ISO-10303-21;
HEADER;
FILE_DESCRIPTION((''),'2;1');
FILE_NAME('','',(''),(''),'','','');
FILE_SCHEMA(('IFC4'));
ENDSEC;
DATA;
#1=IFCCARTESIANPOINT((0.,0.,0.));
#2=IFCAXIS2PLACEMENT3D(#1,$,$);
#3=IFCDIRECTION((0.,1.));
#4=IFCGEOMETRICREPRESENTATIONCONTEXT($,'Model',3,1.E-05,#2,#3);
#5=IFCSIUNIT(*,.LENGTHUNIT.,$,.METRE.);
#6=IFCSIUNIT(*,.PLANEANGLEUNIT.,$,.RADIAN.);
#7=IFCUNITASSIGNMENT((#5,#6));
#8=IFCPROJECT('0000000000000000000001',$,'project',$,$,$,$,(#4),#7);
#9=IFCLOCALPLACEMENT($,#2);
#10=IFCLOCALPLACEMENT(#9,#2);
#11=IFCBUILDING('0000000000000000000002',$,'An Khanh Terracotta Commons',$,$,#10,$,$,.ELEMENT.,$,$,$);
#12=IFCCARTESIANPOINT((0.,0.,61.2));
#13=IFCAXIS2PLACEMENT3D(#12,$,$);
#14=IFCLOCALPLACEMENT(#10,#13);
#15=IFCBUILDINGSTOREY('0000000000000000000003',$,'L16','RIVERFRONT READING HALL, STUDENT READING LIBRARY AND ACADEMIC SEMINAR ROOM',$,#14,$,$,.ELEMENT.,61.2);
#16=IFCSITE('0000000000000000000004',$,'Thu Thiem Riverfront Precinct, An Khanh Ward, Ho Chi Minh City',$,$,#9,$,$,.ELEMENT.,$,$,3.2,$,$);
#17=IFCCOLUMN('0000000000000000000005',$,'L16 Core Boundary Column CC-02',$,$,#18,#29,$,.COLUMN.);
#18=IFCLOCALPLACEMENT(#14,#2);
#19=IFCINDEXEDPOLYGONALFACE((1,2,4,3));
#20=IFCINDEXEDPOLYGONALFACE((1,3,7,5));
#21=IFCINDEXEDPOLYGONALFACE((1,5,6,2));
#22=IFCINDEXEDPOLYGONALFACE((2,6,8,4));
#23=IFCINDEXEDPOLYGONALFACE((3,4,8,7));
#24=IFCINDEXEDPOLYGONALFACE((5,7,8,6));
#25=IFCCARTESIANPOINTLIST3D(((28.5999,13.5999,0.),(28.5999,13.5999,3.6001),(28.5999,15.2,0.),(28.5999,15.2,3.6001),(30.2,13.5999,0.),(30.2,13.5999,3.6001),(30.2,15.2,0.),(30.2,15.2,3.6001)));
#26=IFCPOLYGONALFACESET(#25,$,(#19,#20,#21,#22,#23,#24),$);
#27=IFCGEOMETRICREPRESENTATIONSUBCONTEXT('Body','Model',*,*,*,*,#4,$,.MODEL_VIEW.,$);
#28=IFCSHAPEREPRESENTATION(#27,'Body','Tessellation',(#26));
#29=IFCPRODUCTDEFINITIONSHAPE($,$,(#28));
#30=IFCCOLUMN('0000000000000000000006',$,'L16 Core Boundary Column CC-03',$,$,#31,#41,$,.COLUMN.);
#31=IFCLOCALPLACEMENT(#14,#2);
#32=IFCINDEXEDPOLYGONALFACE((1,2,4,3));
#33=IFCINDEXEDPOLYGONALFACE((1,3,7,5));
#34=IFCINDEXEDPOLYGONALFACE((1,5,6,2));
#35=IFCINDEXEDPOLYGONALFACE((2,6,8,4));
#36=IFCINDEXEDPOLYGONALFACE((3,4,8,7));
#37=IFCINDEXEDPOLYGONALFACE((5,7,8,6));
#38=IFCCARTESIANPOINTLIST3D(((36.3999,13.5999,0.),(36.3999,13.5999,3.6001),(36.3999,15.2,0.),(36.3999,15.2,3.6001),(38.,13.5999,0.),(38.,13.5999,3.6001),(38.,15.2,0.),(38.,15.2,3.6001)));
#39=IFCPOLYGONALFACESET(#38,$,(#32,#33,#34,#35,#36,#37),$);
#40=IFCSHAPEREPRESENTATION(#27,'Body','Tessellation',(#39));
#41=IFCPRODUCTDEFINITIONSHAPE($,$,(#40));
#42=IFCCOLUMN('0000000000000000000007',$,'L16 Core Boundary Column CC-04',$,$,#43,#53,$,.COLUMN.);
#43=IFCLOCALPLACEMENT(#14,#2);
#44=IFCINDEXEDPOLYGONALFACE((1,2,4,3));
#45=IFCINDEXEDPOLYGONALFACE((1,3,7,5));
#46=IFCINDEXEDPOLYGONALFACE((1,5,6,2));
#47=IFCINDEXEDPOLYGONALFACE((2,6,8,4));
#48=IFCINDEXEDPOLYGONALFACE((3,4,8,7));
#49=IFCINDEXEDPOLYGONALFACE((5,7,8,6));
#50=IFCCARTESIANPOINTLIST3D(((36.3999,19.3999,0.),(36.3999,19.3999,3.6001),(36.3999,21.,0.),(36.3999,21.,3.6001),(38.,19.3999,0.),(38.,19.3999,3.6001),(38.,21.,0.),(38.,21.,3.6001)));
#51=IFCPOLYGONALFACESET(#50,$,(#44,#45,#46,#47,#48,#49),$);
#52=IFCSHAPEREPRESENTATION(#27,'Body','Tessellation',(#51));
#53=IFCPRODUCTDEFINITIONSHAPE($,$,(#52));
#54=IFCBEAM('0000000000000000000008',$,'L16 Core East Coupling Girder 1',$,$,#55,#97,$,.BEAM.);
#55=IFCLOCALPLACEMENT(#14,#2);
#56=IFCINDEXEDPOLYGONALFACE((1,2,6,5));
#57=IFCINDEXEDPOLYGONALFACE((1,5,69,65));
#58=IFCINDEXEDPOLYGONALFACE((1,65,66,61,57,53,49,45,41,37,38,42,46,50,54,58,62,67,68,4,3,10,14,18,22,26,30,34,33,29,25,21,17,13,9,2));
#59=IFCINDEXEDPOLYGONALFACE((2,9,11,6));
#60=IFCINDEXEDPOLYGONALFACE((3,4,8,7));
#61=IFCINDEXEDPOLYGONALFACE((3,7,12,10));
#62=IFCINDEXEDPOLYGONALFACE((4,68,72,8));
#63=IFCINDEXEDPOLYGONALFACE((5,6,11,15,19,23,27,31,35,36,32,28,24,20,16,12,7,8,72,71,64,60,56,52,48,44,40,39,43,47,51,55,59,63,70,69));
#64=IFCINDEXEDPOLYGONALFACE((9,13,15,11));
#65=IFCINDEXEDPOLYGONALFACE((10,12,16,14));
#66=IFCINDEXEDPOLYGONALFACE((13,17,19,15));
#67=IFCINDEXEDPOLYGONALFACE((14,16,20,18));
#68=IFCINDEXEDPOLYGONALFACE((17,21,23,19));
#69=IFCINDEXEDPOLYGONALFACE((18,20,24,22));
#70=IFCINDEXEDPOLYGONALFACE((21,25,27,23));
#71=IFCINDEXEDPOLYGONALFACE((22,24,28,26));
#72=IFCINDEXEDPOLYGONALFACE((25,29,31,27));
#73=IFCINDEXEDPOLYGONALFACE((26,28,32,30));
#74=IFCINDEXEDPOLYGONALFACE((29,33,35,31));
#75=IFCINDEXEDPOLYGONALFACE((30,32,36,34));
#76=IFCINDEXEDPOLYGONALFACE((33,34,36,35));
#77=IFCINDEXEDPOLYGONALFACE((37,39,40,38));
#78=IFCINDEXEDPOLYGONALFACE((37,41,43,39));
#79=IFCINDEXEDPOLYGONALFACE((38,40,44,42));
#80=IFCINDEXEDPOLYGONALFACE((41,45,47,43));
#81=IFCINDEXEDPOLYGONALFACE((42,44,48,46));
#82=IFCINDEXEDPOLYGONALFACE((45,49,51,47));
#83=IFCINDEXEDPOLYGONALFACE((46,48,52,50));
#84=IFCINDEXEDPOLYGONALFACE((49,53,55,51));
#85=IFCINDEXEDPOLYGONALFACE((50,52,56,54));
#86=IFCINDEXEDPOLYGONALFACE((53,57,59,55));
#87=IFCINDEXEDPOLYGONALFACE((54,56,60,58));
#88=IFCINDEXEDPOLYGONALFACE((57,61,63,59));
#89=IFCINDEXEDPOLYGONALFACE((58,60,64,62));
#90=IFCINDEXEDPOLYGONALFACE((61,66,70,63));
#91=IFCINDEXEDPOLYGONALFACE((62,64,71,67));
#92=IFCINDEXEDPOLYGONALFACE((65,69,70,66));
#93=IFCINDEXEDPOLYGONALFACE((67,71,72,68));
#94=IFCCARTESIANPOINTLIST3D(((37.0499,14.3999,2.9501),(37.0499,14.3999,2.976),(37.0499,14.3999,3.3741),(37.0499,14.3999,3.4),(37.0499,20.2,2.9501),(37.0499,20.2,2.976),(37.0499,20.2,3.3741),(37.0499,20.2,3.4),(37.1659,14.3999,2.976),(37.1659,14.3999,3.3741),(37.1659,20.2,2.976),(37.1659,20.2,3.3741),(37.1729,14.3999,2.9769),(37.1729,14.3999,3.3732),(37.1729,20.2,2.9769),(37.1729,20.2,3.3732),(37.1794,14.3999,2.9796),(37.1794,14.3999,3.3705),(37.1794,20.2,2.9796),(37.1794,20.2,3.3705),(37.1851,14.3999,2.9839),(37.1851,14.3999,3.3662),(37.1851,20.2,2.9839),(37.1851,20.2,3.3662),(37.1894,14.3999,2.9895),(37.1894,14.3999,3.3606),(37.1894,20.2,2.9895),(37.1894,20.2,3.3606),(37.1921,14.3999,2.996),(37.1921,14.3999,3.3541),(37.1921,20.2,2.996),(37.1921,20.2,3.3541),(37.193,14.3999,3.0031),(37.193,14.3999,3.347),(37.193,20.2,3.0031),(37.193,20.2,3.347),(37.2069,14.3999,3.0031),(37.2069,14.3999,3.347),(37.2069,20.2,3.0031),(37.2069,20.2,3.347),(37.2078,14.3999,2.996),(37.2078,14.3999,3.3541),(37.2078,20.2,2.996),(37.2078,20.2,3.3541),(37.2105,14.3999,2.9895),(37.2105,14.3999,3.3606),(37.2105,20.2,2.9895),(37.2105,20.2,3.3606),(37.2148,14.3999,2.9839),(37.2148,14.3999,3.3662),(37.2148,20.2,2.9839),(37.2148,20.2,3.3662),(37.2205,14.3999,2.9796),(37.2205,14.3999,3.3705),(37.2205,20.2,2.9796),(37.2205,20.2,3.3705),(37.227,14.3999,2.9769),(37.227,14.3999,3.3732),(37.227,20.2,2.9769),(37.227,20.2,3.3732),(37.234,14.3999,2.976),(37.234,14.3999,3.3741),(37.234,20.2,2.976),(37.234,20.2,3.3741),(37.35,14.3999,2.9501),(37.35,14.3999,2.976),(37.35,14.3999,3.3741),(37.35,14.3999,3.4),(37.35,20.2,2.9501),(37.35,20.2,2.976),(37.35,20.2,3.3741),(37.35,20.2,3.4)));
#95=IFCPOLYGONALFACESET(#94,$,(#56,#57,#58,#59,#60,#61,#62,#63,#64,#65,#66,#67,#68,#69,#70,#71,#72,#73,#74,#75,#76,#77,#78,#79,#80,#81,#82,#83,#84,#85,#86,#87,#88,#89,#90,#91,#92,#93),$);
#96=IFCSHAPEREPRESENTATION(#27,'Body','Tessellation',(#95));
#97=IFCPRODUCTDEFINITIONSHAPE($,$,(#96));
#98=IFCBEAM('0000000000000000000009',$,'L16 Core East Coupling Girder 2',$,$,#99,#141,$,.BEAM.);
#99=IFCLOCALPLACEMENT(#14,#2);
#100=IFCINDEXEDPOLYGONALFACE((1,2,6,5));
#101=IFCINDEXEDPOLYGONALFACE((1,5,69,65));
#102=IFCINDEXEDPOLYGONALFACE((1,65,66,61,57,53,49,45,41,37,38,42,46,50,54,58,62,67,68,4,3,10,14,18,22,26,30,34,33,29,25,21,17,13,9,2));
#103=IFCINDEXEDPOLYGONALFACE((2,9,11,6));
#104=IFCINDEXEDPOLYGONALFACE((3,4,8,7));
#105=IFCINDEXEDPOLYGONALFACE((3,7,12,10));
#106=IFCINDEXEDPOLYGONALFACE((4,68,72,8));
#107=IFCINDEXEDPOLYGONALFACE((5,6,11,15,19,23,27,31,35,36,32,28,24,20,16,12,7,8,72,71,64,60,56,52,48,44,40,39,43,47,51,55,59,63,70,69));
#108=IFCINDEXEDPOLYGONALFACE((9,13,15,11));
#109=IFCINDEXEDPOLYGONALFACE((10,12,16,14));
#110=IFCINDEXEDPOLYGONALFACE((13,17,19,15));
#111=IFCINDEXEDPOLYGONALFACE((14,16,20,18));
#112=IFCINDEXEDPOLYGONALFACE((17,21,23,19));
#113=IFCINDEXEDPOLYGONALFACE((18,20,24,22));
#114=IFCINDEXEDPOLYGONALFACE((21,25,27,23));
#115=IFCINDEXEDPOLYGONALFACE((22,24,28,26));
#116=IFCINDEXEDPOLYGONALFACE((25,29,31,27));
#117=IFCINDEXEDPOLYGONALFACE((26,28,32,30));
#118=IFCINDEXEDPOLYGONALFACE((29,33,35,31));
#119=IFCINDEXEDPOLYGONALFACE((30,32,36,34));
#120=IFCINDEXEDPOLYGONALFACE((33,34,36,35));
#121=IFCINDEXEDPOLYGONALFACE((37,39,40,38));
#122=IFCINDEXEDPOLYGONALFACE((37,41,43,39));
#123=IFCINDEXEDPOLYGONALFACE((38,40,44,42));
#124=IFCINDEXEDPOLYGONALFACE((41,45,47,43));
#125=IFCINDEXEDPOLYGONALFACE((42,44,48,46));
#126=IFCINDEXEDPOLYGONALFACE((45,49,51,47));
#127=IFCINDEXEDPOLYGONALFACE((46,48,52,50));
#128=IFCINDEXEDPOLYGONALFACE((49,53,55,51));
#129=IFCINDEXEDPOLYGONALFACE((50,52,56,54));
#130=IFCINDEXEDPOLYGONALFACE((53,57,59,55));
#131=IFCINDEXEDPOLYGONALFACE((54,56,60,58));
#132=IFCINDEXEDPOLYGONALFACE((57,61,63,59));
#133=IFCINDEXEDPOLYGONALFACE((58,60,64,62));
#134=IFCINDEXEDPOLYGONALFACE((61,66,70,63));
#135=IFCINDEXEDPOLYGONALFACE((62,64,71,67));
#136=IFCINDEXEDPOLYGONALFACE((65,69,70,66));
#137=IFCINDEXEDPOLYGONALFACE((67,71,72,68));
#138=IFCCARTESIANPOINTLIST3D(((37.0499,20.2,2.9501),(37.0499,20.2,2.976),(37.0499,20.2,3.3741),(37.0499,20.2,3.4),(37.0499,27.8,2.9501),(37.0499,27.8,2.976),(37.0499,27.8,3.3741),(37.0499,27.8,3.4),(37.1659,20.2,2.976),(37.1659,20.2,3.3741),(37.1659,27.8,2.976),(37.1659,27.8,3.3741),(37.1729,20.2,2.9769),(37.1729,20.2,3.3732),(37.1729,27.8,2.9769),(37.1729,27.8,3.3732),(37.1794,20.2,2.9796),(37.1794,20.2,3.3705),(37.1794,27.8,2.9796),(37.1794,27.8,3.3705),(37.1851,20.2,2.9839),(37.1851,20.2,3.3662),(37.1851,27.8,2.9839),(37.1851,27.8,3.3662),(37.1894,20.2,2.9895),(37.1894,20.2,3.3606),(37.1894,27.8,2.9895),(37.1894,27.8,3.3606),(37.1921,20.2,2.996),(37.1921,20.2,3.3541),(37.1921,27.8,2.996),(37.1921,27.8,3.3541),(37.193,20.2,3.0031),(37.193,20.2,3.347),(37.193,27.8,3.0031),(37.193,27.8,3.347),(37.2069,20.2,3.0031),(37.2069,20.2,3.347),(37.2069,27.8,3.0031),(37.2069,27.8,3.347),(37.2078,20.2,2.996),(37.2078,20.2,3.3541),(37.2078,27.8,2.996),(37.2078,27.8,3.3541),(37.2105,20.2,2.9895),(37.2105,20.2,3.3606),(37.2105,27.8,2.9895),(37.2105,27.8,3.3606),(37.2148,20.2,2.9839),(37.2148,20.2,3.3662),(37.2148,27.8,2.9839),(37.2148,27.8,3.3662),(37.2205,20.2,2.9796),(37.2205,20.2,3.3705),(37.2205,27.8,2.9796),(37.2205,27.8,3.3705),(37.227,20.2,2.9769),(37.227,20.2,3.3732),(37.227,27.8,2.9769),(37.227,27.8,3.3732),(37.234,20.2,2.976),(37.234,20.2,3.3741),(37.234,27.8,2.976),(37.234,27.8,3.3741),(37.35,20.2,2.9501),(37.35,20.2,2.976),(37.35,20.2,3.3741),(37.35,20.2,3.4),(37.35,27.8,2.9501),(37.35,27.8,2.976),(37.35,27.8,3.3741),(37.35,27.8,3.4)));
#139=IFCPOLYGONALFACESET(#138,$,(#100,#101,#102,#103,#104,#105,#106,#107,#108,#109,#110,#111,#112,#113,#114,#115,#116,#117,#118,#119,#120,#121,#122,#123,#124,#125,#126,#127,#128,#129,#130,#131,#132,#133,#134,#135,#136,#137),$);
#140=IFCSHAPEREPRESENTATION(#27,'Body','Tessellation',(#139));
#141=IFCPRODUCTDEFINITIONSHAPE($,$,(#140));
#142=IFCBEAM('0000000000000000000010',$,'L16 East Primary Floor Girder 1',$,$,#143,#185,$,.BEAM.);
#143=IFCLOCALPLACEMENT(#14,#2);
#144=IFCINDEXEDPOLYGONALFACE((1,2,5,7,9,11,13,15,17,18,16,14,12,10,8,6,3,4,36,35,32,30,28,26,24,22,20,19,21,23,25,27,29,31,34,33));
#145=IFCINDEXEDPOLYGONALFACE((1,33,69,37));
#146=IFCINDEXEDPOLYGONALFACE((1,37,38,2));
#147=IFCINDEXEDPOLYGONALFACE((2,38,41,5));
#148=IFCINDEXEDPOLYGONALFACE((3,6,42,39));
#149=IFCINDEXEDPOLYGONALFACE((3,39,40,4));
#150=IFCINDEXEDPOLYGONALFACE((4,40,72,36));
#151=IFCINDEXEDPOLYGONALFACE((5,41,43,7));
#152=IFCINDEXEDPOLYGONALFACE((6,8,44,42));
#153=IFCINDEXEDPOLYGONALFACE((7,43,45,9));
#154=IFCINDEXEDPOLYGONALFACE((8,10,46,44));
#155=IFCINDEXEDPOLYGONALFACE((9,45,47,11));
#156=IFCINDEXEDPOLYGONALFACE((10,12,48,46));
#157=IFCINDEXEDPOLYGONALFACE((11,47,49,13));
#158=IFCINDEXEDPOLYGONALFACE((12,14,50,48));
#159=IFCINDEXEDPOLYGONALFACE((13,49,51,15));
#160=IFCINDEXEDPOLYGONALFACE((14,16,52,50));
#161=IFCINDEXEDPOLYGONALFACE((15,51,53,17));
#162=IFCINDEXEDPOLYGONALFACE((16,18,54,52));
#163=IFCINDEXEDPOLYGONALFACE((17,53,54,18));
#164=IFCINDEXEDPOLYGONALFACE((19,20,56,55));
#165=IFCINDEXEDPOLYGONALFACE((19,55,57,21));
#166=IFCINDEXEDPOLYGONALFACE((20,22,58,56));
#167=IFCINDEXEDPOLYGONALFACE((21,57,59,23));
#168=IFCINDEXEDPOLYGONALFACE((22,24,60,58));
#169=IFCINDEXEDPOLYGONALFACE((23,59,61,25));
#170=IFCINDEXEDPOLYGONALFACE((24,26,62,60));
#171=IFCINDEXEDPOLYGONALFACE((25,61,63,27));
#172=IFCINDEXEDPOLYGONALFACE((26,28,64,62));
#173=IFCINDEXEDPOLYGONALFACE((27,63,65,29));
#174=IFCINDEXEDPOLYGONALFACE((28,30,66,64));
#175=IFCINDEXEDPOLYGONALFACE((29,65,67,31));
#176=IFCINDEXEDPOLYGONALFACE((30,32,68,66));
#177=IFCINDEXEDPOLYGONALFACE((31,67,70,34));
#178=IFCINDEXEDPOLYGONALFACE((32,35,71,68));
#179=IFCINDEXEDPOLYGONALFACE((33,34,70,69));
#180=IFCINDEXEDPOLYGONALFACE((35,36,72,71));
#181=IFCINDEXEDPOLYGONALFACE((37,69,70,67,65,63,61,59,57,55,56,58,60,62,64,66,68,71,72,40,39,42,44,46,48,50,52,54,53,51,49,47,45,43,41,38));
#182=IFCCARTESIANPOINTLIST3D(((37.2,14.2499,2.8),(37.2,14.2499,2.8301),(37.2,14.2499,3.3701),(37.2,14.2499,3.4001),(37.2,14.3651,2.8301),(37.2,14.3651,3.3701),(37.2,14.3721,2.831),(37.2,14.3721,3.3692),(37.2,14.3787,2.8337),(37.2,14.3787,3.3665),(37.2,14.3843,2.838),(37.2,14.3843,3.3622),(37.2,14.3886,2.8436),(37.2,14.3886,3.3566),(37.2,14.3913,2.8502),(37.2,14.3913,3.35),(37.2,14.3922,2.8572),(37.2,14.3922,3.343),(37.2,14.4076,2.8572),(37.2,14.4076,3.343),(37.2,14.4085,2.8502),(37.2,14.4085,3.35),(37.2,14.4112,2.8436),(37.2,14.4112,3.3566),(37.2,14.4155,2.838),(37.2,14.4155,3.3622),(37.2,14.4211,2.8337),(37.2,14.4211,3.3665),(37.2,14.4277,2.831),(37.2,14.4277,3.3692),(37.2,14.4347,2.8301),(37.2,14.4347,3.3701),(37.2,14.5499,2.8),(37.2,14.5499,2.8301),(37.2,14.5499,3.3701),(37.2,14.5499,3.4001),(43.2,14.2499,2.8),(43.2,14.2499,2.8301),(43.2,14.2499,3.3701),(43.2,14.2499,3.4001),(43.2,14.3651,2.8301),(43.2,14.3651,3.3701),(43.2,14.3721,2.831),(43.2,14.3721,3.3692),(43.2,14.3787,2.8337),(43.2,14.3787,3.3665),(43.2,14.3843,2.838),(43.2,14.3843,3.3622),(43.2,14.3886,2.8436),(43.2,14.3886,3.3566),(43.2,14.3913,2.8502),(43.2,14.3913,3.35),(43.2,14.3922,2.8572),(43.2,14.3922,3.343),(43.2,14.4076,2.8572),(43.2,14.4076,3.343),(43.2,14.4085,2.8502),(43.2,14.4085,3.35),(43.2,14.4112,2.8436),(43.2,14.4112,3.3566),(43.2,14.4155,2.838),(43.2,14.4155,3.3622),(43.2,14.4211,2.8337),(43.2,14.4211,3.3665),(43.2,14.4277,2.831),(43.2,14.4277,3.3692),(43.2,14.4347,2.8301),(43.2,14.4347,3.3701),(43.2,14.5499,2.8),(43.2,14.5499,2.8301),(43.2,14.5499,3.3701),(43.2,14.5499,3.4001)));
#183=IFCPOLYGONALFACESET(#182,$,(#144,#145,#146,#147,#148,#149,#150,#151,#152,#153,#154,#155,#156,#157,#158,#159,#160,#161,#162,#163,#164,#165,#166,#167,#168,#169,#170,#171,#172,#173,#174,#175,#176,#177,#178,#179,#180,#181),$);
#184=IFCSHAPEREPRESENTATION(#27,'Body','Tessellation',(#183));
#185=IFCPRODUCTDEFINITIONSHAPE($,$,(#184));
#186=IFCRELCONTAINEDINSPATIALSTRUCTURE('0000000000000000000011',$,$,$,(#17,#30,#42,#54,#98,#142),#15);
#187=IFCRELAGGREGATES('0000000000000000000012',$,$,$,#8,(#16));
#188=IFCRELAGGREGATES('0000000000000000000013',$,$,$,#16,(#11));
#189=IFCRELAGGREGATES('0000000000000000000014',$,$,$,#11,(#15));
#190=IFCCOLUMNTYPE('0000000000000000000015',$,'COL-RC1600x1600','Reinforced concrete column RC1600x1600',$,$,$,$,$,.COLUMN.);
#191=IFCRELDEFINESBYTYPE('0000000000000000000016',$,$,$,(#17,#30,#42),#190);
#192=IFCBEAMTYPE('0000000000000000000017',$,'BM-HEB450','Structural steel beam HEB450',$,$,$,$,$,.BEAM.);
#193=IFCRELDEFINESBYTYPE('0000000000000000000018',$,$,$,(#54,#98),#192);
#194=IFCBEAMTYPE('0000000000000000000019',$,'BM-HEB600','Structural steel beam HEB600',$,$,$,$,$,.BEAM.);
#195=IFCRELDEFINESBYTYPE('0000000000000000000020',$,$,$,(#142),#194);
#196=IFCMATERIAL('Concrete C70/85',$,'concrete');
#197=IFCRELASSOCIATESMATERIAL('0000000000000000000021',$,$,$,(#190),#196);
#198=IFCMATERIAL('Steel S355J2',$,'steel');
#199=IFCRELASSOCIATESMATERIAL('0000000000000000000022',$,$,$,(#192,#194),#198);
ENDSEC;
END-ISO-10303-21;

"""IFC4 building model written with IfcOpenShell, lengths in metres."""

from ifc_helpers import new_model, si_unit, direction, frame, origin, origin_2d, place, context, subcontext, project, spatial, rectangle, i_section, extrude, material, material_profile, profile_set, type_object, element, save


model = new_model("IFC4")

# Units and contexts
model_context = context("Model", 3, precision=1e-05, world=origin(), true_north=direction((0.0, 1.0)))
body_context = subcontext(model_context, "Body", "Model", "MODEL_VIEW")
ifc_project = project(units=[si_unit("LENGTHUNIT", "METRE"), si_unit("PLANEANGLEUNIT", "RADIAN")], contexts=[model_context])

# Site, building, storey
site_placement = place(None, origin())
site = spatial("IfcSite", under=ifc_project, at=site_placement, Name="Thu Thiem Riverfront Precinct, An Khanh Ward, Ho Chi Minh City", CompositionType="ELEMENT", RefElevation=3.2)
building_placement = place(site_placement, origin())
building = spatial("IfcBuilding", under=site, at=building_placement, Name="An Khanh Terracotta Commons", CompositionType="ELEMENT")
storey_placement = place(building_placement, frame((0.0, 0.0, 61.2)))
storey = spatial("IfcBuildingStorey", under=building, at=storey_placement, Name="L16", Description="RIVERFRONT READING HALL, STUDENT READING LIBRARY AND ACADEMIC SEMINAR ROOM", CompositionType="ELEMENT", Elevation=61.2)

# Columns
ifc_material_1 = material(Name="Concrete C70/85", Category="concrete")
ifc_material_profile_1 = material_profile(ifc_material_1, rectangle(XDim=1.6001, YDim=1.6001, at=origin_2d()), Name="RC1600x1600")
ifc_profile_set_1 = profile_set([ifc_material_profile_1], Name="Concrete C70/85")
column_type = type_object("IfcColumnType", Name="COL-RC1600x1600", Description="Reinforced concrete column RC1600x1600", PredefinedType="COLUMN", material=ifc_profile_set_1)
for number, where, z_axis, x_axis, name in (
    (1, (29.3999, 14.3999, 0.0), (0.0, 0.0, 1.0), (1.0, 0.0, 0.0), "L16 Core Boundary Column CC-02"),
    (2, (37.2, 14.3999, 0.0), (0.0, 0.0, 1.0), (1.0, 0.0, 0.0), "L16 Core Boundary Column CC-03"),
    (3, (37.2, 20.2, 0.0), (0.0, 0.0, 1.0), (1.0, 0.0, 0.0), "L16 Core Boundary Column CC-04"),
):
    element("IfcColumn", number, at=place(storey_placement, frame(where, z_axis=z_axis, x_axis=x_axis)), inside=storey, type_object=column_type, Name=name, PredefinedType="COLUMN", context=body_context, shape_type="SweptSolid", body=[
        extrude(rectangle(XDim=1.6001, YDim=1.6001, at=origin_2d()), origin(), (0.0, 0.0, 1.0), 3.6001),
    ])

# Beams
ifc_material_2 = material(Name="Steel S355J2", Category="steel")
ifc_material_profile_2 = material_profile(ifc_material_2, i_section(OverallWidth=0.3, OverallDepth=0.45, WebThickness=0.0139, FlangeThickness=0.0259, FilletRadius=0.0271, at=origin_2d()), Name="HEB450")
ifc_profile_set_2 = profile_set([ifc_material_profile_2], Name="Steel S355J2")
beam_type_1 = type_object("IfcBeamType", Name="BM-HEB450", Description="Structural steel beam HEB450", PredefinedType="BEAM", material=ifc_profile_set_2)
beam_1_placement = place(storey_placement, frame((37.2, 14.3999, 3.175), z_axis=(0.0, 1.0, 0.0), x_axis=(-1.0, 0.0, 0.0)))
element("IfcBeam", 4, at=beam_1_placement, inside=storey, type_object=beam_type_1, Name="L16 Core East Coupling Girder 1", PredefinedType="BEAM", context=body_context, shape_type="SweptSolid", body=[
    extrude(i_section(OverallWidth=0.3, OverallDepth=0.45, WebThickness=0.0139, FlangeThickness=0.0259, FilletRadius=0.0271, at=origin_2d()), origin(), (0.0, 0.0, 1.0), 5.8),
])
beam_2_placement = place(storey_placement, frame((37.2, 20.2, 3.175), z_axis=(0.0, 1.0, 0.0), x_axis=(-1.0, 0.0, 0.0)))
element("IfcBeam", 5, at=beam_2_placement, inside=storey, type_object=beam_type_1, Name="L16 Core East Coupling Girder 2", PredefinedType="BEAM", context=body_context, shape_type="SweptSolid", body=[
    extrude(i_section(OverallWidth=0.3, OverallDepth=0.45, WebThickness=0.0139, FlangeThickness=0.0259, FilletRadius=0.0271, at=origin_2d()), origin(), (0.0, 0.0, 1.0), 7.6001),
])
ifc_material_profile_3 = material_profile(ifc_material_2, i_section(OverallWidth=0.3, OverallDepth=0.6001, WebThickness=0.0154, FlangeThickness=0.03, FilletRadius=0.0271, at=origin_2d()), Name="HEB600")
ifc_profile_set_3 = profile_set([ifc_material_profile_3], Name="Steel S355J2")
beam_type_2 = type_object("IfcBeamType", Name="BM-HEB600", Description="Structural steel beam HEB600", PredefinedType="BEAM", material=ifc_profile_set_3)
for number, where, z_axis, x_axis, name in (
    (6, (37.2, 14.3999, 3.1001), (1.0, 0.0, 0.0), (0.0, 1.0, 0.0), "L16 East Primary Floor Girder 1"),
):
    element("IfcBeam", number, at=place(storey_placement, frame(where, z_axis=z_axis, x_axis=x_axis)), inside=storey, type_object=beam_type_2, Name=name, PredefinedType="BEAM", context=body_context, shape_type="SweptSolid", body=[
        extrude(i_section(OverallWidth=0.3, OverallDepth=0.6001, WebThickness=0.0154, FlangeThickness=0.03, FilletRadius=0.0271, at=origin_2d()), origin(), (0.0, 0.0, 1.0), 6.0),
    ])

save(model, "model.ifc")
